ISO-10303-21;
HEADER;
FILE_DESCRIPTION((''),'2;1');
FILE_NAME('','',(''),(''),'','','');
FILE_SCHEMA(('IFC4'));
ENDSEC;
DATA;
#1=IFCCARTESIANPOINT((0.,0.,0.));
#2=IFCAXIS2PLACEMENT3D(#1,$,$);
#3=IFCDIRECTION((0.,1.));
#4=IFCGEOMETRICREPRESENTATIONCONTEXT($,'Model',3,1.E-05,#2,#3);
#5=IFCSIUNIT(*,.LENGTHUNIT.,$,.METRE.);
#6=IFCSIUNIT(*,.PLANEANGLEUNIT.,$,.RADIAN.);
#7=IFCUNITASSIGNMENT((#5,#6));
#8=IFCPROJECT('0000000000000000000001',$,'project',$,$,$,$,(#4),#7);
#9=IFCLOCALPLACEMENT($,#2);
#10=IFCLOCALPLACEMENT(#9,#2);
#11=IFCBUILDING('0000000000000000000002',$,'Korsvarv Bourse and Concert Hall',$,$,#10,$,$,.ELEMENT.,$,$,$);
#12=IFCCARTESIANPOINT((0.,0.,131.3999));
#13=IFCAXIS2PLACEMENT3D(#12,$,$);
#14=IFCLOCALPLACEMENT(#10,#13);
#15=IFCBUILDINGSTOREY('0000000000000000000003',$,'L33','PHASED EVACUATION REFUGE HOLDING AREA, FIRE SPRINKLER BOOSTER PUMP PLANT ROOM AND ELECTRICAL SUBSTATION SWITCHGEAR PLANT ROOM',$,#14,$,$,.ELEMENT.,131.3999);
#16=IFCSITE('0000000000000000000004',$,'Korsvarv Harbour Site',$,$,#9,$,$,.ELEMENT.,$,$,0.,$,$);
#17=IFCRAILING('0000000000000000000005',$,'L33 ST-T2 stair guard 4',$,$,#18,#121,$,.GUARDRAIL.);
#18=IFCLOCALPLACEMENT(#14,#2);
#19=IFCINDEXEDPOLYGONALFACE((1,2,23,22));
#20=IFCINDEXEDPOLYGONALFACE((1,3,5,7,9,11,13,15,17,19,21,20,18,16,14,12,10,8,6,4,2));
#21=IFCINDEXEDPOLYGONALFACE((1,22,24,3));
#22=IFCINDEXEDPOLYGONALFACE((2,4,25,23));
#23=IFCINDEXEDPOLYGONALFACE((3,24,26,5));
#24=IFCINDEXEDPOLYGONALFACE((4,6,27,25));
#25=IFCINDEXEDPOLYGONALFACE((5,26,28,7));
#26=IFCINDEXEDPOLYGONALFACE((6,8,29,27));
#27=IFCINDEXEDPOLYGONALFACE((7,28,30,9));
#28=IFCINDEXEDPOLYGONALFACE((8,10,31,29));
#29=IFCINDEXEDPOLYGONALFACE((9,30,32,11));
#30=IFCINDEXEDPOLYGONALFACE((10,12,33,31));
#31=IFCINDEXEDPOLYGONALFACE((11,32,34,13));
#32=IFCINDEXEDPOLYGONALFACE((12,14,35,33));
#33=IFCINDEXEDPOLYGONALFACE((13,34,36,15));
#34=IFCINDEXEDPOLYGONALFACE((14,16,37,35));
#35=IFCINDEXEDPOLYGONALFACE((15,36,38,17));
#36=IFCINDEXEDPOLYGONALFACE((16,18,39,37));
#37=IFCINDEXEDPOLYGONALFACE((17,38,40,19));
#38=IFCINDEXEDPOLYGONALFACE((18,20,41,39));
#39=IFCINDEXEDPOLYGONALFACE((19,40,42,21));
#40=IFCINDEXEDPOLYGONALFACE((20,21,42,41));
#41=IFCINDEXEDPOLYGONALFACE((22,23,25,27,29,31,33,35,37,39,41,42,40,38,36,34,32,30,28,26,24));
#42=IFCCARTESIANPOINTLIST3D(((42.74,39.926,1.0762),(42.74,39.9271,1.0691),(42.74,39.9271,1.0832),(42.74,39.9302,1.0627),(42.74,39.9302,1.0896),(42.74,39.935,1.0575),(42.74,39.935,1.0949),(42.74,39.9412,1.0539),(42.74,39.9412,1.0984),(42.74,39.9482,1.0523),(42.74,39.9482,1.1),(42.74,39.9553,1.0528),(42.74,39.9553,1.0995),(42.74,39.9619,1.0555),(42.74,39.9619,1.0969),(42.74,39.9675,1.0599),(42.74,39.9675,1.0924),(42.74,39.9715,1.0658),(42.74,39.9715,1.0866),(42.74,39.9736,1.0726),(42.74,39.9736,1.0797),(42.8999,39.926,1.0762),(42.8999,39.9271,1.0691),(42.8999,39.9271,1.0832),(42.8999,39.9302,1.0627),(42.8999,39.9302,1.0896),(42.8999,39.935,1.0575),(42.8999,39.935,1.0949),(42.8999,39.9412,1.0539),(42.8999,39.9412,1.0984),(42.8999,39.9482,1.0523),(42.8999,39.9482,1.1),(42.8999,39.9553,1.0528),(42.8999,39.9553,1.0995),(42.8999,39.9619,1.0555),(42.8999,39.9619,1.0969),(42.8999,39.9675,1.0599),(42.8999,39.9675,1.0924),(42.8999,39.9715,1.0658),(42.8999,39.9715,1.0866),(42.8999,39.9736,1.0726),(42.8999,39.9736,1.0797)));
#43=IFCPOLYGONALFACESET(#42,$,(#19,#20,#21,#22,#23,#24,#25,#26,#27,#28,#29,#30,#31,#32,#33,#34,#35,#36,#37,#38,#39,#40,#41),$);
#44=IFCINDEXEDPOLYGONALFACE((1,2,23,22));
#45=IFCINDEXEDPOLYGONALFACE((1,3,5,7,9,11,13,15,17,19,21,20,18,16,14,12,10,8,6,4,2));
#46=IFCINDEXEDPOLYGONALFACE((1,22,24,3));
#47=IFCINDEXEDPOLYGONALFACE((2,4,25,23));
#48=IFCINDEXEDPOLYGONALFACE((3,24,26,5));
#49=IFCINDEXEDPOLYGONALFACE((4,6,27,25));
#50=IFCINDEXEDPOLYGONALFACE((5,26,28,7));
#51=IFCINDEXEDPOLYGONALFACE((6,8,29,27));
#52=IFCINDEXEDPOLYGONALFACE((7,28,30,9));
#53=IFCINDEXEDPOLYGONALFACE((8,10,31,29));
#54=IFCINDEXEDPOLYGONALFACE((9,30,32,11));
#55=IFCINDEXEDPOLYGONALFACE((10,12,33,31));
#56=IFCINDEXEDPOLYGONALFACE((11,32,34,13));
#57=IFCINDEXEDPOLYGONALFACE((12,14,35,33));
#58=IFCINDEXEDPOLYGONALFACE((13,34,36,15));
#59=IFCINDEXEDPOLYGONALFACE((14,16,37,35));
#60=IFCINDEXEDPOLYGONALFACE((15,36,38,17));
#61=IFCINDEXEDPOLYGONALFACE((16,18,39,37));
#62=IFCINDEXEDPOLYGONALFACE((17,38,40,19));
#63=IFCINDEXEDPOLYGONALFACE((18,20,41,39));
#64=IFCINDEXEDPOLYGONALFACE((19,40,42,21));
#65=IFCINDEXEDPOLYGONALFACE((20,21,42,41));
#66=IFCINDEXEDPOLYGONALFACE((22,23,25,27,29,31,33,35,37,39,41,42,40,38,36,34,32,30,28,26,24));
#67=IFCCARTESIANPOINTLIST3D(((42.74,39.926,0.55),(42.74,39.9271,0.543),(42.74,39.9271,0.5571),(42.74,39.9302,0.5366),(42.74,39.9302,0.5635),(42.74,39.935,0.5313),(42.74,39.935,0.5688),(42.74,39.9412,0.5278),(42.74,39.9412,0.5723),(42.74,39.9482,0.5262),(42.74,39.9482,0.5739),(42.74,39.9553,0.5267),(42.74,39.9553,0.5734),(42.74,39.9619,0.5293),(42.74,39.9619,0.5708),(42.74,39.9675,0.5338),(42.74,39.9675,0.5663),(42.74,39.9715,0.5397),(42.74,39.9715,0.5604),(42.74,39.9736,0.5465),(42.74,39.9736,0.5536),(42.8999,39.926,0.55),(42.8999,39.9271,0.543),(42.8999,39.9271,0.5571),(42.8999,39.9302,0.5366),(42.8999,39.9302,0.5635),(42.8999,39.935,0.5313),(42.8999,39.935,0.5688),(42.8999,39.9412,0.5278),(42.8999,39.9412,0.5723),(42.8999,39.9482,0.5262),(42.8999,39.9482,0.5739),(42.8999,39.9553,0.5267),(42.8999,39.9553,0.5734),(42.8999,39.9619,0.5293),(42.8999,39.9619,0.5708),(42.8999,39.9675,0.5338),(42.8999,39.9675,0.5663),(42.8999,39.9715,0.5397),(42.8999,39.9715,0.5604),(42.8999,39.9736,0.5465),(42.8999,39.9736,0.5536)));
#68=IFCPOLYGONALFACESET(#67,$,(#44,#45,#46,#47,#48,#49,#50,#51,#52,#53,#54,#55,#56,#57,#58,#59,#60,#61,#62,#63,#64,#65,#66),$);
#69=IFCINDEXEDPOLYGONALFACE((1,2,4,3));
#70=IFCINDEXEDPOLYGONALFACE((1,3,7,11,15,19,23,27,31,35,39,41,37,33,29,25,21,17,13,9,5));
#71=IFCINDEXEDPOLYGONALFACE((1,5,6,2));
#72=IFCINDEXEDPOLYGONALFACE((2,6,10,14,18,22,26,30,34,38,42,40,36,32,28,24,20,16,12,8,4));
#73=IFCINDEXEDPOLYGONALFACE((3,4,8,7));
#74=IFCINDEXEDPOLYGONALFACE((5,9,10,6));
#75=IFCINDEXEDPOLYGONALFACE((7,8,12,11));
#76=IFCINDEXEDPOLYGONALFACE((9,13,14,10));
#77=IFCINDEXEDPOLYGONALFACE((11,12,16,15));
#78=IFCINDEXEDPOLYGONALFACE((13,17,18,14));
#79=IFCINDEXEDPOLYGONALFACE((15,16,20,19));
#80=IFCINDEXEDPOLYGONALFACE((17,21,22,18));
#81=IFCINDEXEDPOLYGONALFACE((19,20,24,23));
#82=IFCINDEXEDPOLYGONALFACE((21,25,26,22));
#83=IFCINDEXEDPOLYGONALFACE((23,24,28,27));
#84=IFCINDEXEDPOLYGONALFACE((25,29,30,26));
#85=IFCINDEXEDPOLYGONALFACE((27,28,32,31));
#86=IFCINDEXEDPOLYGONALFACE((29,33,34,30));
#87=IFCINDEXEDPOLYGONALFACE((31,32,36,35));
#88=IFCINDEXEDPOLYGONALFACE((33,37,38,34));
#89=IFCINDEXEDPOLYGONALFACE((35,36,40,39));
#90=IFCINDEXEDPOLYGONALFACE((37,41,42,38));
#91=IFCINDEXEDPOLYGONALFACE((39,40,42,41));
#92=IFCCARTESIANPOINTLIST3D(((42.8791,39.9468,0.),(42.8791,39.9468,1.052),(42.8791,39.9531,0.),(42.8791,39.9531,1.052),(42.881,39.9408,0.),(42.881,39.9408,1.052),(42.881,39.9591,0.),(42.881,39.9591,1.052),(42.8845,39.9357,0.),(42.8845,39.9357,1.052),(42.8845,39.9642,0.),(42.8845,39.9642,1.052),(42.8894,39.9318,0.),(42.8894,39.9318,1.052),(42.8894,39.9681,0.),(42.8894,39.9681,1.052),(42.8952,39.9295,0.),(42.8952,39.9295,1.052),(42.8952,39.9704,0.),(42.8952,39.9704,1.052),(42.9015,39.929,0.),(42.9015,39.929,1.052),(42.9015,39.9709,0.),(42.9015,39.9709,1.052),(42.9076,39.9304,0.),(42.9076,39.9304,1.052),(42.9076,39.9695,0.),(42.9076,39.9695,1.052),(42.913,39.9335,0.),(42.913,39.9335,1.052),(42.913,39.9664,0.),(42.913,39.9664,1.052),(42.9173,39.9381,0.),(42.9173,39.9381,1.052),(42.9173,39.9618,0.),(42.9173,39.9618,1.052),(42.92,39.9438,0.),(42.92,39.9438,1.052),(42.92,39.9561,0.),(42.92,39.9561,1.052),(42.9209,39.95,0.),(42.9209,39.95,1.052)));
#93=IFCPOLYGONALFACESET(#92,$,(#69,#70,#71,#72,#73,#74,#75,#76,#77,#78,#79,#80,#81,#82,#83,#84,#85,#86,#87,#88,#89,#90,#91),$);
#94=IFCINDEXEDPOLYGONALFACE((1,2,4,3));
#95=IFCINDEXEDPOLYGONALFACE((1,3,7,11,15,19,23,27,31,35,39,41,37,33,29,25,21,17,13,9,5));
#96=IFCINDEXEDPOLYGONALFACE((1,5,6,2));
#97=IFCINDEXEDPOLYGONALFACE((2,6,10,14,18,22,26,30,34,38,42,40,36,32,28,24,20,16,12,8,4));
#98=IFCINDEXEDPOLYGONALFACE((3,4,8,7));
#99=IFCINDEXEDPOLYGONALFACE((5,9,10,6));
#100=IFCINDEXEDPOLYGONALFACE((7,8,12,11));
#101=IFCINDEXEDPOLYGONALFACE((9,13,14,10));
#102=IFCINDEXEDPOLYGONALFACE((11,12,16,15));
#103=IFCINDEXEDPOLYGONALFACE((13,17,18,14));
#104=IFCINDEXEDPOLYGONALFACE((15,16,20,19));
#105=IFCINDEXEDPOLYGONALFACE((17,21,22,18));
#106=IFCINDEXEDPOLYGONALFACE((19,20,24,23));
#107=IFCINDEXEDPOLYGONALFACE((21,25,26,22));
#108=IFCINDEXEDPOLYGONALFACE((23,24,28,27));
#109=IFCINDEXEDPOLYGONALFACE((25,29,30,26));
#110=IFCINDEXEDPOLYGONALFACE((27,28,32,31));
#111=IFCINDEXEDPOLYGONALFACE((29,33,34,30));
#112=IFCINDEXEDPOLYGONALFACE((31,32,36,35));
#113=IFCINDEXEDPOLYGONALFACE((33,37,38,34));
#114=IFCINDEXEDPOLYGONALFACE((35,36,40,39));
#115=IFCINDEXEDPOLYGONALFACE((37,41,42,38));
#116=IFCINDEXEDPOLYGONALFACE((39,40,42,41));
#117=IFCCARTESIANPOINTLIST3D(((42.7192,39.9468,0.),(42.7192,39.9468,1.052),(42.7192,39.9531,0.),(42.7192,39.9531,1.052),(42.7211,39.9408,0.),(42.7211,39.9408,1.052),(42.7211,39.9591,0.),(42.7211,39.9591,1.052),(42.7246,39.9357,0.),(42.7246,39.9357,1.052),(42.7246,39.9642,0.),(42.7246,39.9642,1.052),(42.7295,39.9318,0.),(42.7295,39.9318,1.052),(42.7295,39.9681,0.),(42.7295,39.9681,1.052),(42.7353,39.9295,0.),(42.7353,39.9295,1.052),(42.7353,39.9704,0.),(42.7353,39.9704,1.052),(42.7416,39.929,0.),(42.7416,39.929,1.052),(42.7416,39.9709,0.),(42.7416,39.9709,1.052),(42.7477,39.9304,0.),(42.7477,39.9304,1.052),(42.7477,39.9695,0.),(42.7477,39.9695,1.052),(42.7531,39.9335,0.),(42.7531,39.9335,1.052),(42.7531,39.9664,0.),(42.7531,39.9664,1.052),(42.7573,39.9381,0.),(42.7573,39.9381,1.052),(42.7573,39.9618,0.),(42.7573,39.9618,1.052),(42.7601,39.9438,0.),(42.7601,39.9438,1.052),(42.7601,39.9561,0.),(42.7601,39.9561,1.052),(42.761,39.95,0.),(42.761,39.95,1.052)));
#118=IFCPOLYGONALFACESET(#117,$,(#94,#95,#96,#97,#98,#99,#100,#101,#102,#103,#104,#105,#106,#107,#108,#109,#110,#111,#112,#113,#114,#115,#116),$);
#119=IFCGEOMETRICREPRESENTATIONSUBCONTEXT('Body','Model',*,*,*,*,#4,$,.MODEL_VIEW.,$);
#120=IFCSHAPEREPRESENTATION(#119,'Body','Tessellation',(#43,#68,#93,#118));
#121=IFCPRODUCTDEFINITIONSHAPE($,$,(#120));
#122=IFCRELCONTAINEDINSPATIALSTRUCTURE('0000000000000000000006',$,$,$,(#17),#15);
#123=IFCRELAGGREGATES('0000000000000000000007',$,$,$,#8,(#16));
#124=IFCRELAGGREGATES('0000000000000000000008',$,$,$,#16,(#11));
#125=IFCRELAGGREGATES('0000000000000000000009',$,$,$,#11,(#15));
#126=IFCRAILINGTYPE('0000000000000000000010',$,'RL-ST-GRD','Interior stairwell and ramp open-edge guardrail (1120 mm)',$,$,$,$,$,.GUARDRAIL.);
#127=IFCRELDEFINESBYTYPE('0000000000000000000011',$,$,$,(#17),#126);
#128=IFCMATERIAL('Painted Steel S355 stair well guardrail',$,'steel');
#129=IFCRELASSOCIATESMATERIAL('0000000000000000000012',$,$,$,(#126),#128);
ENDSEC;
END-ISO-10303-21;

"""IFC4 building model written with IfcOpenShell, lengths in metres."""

from ifc_helpers import new_model, si_unit, direction, frame, origin, origin_2d, place, context, subcontext, project, spatial, circle, extrude, material, type_object, element, save


model = new_model("IFC4")

# Units and contexts
model_context = context("Model", 3, precision=1e-05, world=origin(), true_north=direction((0.0, 1.0)))
body_context = subcontext(model_context, "Body", "Model", "MODEL_VIEW")
ifc_project = project(units=[si_unit("LENGTHUNIT", "METRE"), si_unit("PLANEANGLEUNIT", "RADIAN")], contexts=[model_context])

# Site, building, storey
site_placement = place(None, origin())
site = spatial("IfcSite", under=ifc_project, at=site_placement, Name="Korsvarv Harbour Site", CompositionType="ELEMENT", RefElevation=0.0)
building_placement = place(site_placement, origin())
building = spatial("IfcBuilding", under=site, at=building_placement, Name="Korsvarv Bourse and Concert Hall", CompositionType="ELEMENT")
storey_placement = place(building_placement, frame((0.0, 0.0, 131.3999)))
storey = spatial("IfcBuildingStorey", under=building, at=storey_placement, Name="L33", Description="PHASED EVACUATION REFUGE HOLDING AREA, FIRE SPRINKLER BOOSTER PUMP PLANT ROOM AND ELECTRICAL SUBSTATION SWITCHGEAR PLANT ROOM", CompositionType="ELEMENT", Elevation=131.3999)

# Railing
ifc_material_1 = material(Name="Painted Steel S355 stair well guardrail", Category="steel")
railing_type_1 = type_object("IfcRailingType", Name="RL-ST-GRD", Description="Interior stairwell and ramp open-edge guardrail (1120 mm)", PredefinedType="GUARDRAIL", material=ifc_material_1)
railing_1_placement = place(storey_placement, frame((42.8999, 39.95, 0.0)))
element("IfcRailing", 1, at=railing_1_placement, inside=storey, type_object=railing_type_1, Name="L33 ST-T2 stair guard 4", PredefinedType="GUARDRAIL", context=body_context, shape_type="SweptSolid", body=[
    extrude(circle(Radius=0.0239, at=origin_2d()), frame((0.0, 0.0, 1.0762), z_axis=(-1.0, 0.0, 0.0), x_axis=(0.0, -1.0, 0.0)), (0.0, 0.0, 1.0), 0.1599),
    extrude(circle(Radius=0.0239, at=origin_2d()), frame((0.0, 0.0, 0.55), z_axis=(-1.0, 0.0, 0.0), x_axis=(0.0, -1.0, 0.0)), (0.0, 0.0, 1.0), 0.1599),
    extrude(circle(Radius=0.021, at=origin_2d()), origin(), (0.0, 0.0, 1.0), 1.052),
    extrude(circle(Radius=0.021, at=origin_2d()), frame((-0.1599, 0.0, 0.0)), (0.0, 0.0, 1.0), 1.052),
])

save(model, "model.ifc")
